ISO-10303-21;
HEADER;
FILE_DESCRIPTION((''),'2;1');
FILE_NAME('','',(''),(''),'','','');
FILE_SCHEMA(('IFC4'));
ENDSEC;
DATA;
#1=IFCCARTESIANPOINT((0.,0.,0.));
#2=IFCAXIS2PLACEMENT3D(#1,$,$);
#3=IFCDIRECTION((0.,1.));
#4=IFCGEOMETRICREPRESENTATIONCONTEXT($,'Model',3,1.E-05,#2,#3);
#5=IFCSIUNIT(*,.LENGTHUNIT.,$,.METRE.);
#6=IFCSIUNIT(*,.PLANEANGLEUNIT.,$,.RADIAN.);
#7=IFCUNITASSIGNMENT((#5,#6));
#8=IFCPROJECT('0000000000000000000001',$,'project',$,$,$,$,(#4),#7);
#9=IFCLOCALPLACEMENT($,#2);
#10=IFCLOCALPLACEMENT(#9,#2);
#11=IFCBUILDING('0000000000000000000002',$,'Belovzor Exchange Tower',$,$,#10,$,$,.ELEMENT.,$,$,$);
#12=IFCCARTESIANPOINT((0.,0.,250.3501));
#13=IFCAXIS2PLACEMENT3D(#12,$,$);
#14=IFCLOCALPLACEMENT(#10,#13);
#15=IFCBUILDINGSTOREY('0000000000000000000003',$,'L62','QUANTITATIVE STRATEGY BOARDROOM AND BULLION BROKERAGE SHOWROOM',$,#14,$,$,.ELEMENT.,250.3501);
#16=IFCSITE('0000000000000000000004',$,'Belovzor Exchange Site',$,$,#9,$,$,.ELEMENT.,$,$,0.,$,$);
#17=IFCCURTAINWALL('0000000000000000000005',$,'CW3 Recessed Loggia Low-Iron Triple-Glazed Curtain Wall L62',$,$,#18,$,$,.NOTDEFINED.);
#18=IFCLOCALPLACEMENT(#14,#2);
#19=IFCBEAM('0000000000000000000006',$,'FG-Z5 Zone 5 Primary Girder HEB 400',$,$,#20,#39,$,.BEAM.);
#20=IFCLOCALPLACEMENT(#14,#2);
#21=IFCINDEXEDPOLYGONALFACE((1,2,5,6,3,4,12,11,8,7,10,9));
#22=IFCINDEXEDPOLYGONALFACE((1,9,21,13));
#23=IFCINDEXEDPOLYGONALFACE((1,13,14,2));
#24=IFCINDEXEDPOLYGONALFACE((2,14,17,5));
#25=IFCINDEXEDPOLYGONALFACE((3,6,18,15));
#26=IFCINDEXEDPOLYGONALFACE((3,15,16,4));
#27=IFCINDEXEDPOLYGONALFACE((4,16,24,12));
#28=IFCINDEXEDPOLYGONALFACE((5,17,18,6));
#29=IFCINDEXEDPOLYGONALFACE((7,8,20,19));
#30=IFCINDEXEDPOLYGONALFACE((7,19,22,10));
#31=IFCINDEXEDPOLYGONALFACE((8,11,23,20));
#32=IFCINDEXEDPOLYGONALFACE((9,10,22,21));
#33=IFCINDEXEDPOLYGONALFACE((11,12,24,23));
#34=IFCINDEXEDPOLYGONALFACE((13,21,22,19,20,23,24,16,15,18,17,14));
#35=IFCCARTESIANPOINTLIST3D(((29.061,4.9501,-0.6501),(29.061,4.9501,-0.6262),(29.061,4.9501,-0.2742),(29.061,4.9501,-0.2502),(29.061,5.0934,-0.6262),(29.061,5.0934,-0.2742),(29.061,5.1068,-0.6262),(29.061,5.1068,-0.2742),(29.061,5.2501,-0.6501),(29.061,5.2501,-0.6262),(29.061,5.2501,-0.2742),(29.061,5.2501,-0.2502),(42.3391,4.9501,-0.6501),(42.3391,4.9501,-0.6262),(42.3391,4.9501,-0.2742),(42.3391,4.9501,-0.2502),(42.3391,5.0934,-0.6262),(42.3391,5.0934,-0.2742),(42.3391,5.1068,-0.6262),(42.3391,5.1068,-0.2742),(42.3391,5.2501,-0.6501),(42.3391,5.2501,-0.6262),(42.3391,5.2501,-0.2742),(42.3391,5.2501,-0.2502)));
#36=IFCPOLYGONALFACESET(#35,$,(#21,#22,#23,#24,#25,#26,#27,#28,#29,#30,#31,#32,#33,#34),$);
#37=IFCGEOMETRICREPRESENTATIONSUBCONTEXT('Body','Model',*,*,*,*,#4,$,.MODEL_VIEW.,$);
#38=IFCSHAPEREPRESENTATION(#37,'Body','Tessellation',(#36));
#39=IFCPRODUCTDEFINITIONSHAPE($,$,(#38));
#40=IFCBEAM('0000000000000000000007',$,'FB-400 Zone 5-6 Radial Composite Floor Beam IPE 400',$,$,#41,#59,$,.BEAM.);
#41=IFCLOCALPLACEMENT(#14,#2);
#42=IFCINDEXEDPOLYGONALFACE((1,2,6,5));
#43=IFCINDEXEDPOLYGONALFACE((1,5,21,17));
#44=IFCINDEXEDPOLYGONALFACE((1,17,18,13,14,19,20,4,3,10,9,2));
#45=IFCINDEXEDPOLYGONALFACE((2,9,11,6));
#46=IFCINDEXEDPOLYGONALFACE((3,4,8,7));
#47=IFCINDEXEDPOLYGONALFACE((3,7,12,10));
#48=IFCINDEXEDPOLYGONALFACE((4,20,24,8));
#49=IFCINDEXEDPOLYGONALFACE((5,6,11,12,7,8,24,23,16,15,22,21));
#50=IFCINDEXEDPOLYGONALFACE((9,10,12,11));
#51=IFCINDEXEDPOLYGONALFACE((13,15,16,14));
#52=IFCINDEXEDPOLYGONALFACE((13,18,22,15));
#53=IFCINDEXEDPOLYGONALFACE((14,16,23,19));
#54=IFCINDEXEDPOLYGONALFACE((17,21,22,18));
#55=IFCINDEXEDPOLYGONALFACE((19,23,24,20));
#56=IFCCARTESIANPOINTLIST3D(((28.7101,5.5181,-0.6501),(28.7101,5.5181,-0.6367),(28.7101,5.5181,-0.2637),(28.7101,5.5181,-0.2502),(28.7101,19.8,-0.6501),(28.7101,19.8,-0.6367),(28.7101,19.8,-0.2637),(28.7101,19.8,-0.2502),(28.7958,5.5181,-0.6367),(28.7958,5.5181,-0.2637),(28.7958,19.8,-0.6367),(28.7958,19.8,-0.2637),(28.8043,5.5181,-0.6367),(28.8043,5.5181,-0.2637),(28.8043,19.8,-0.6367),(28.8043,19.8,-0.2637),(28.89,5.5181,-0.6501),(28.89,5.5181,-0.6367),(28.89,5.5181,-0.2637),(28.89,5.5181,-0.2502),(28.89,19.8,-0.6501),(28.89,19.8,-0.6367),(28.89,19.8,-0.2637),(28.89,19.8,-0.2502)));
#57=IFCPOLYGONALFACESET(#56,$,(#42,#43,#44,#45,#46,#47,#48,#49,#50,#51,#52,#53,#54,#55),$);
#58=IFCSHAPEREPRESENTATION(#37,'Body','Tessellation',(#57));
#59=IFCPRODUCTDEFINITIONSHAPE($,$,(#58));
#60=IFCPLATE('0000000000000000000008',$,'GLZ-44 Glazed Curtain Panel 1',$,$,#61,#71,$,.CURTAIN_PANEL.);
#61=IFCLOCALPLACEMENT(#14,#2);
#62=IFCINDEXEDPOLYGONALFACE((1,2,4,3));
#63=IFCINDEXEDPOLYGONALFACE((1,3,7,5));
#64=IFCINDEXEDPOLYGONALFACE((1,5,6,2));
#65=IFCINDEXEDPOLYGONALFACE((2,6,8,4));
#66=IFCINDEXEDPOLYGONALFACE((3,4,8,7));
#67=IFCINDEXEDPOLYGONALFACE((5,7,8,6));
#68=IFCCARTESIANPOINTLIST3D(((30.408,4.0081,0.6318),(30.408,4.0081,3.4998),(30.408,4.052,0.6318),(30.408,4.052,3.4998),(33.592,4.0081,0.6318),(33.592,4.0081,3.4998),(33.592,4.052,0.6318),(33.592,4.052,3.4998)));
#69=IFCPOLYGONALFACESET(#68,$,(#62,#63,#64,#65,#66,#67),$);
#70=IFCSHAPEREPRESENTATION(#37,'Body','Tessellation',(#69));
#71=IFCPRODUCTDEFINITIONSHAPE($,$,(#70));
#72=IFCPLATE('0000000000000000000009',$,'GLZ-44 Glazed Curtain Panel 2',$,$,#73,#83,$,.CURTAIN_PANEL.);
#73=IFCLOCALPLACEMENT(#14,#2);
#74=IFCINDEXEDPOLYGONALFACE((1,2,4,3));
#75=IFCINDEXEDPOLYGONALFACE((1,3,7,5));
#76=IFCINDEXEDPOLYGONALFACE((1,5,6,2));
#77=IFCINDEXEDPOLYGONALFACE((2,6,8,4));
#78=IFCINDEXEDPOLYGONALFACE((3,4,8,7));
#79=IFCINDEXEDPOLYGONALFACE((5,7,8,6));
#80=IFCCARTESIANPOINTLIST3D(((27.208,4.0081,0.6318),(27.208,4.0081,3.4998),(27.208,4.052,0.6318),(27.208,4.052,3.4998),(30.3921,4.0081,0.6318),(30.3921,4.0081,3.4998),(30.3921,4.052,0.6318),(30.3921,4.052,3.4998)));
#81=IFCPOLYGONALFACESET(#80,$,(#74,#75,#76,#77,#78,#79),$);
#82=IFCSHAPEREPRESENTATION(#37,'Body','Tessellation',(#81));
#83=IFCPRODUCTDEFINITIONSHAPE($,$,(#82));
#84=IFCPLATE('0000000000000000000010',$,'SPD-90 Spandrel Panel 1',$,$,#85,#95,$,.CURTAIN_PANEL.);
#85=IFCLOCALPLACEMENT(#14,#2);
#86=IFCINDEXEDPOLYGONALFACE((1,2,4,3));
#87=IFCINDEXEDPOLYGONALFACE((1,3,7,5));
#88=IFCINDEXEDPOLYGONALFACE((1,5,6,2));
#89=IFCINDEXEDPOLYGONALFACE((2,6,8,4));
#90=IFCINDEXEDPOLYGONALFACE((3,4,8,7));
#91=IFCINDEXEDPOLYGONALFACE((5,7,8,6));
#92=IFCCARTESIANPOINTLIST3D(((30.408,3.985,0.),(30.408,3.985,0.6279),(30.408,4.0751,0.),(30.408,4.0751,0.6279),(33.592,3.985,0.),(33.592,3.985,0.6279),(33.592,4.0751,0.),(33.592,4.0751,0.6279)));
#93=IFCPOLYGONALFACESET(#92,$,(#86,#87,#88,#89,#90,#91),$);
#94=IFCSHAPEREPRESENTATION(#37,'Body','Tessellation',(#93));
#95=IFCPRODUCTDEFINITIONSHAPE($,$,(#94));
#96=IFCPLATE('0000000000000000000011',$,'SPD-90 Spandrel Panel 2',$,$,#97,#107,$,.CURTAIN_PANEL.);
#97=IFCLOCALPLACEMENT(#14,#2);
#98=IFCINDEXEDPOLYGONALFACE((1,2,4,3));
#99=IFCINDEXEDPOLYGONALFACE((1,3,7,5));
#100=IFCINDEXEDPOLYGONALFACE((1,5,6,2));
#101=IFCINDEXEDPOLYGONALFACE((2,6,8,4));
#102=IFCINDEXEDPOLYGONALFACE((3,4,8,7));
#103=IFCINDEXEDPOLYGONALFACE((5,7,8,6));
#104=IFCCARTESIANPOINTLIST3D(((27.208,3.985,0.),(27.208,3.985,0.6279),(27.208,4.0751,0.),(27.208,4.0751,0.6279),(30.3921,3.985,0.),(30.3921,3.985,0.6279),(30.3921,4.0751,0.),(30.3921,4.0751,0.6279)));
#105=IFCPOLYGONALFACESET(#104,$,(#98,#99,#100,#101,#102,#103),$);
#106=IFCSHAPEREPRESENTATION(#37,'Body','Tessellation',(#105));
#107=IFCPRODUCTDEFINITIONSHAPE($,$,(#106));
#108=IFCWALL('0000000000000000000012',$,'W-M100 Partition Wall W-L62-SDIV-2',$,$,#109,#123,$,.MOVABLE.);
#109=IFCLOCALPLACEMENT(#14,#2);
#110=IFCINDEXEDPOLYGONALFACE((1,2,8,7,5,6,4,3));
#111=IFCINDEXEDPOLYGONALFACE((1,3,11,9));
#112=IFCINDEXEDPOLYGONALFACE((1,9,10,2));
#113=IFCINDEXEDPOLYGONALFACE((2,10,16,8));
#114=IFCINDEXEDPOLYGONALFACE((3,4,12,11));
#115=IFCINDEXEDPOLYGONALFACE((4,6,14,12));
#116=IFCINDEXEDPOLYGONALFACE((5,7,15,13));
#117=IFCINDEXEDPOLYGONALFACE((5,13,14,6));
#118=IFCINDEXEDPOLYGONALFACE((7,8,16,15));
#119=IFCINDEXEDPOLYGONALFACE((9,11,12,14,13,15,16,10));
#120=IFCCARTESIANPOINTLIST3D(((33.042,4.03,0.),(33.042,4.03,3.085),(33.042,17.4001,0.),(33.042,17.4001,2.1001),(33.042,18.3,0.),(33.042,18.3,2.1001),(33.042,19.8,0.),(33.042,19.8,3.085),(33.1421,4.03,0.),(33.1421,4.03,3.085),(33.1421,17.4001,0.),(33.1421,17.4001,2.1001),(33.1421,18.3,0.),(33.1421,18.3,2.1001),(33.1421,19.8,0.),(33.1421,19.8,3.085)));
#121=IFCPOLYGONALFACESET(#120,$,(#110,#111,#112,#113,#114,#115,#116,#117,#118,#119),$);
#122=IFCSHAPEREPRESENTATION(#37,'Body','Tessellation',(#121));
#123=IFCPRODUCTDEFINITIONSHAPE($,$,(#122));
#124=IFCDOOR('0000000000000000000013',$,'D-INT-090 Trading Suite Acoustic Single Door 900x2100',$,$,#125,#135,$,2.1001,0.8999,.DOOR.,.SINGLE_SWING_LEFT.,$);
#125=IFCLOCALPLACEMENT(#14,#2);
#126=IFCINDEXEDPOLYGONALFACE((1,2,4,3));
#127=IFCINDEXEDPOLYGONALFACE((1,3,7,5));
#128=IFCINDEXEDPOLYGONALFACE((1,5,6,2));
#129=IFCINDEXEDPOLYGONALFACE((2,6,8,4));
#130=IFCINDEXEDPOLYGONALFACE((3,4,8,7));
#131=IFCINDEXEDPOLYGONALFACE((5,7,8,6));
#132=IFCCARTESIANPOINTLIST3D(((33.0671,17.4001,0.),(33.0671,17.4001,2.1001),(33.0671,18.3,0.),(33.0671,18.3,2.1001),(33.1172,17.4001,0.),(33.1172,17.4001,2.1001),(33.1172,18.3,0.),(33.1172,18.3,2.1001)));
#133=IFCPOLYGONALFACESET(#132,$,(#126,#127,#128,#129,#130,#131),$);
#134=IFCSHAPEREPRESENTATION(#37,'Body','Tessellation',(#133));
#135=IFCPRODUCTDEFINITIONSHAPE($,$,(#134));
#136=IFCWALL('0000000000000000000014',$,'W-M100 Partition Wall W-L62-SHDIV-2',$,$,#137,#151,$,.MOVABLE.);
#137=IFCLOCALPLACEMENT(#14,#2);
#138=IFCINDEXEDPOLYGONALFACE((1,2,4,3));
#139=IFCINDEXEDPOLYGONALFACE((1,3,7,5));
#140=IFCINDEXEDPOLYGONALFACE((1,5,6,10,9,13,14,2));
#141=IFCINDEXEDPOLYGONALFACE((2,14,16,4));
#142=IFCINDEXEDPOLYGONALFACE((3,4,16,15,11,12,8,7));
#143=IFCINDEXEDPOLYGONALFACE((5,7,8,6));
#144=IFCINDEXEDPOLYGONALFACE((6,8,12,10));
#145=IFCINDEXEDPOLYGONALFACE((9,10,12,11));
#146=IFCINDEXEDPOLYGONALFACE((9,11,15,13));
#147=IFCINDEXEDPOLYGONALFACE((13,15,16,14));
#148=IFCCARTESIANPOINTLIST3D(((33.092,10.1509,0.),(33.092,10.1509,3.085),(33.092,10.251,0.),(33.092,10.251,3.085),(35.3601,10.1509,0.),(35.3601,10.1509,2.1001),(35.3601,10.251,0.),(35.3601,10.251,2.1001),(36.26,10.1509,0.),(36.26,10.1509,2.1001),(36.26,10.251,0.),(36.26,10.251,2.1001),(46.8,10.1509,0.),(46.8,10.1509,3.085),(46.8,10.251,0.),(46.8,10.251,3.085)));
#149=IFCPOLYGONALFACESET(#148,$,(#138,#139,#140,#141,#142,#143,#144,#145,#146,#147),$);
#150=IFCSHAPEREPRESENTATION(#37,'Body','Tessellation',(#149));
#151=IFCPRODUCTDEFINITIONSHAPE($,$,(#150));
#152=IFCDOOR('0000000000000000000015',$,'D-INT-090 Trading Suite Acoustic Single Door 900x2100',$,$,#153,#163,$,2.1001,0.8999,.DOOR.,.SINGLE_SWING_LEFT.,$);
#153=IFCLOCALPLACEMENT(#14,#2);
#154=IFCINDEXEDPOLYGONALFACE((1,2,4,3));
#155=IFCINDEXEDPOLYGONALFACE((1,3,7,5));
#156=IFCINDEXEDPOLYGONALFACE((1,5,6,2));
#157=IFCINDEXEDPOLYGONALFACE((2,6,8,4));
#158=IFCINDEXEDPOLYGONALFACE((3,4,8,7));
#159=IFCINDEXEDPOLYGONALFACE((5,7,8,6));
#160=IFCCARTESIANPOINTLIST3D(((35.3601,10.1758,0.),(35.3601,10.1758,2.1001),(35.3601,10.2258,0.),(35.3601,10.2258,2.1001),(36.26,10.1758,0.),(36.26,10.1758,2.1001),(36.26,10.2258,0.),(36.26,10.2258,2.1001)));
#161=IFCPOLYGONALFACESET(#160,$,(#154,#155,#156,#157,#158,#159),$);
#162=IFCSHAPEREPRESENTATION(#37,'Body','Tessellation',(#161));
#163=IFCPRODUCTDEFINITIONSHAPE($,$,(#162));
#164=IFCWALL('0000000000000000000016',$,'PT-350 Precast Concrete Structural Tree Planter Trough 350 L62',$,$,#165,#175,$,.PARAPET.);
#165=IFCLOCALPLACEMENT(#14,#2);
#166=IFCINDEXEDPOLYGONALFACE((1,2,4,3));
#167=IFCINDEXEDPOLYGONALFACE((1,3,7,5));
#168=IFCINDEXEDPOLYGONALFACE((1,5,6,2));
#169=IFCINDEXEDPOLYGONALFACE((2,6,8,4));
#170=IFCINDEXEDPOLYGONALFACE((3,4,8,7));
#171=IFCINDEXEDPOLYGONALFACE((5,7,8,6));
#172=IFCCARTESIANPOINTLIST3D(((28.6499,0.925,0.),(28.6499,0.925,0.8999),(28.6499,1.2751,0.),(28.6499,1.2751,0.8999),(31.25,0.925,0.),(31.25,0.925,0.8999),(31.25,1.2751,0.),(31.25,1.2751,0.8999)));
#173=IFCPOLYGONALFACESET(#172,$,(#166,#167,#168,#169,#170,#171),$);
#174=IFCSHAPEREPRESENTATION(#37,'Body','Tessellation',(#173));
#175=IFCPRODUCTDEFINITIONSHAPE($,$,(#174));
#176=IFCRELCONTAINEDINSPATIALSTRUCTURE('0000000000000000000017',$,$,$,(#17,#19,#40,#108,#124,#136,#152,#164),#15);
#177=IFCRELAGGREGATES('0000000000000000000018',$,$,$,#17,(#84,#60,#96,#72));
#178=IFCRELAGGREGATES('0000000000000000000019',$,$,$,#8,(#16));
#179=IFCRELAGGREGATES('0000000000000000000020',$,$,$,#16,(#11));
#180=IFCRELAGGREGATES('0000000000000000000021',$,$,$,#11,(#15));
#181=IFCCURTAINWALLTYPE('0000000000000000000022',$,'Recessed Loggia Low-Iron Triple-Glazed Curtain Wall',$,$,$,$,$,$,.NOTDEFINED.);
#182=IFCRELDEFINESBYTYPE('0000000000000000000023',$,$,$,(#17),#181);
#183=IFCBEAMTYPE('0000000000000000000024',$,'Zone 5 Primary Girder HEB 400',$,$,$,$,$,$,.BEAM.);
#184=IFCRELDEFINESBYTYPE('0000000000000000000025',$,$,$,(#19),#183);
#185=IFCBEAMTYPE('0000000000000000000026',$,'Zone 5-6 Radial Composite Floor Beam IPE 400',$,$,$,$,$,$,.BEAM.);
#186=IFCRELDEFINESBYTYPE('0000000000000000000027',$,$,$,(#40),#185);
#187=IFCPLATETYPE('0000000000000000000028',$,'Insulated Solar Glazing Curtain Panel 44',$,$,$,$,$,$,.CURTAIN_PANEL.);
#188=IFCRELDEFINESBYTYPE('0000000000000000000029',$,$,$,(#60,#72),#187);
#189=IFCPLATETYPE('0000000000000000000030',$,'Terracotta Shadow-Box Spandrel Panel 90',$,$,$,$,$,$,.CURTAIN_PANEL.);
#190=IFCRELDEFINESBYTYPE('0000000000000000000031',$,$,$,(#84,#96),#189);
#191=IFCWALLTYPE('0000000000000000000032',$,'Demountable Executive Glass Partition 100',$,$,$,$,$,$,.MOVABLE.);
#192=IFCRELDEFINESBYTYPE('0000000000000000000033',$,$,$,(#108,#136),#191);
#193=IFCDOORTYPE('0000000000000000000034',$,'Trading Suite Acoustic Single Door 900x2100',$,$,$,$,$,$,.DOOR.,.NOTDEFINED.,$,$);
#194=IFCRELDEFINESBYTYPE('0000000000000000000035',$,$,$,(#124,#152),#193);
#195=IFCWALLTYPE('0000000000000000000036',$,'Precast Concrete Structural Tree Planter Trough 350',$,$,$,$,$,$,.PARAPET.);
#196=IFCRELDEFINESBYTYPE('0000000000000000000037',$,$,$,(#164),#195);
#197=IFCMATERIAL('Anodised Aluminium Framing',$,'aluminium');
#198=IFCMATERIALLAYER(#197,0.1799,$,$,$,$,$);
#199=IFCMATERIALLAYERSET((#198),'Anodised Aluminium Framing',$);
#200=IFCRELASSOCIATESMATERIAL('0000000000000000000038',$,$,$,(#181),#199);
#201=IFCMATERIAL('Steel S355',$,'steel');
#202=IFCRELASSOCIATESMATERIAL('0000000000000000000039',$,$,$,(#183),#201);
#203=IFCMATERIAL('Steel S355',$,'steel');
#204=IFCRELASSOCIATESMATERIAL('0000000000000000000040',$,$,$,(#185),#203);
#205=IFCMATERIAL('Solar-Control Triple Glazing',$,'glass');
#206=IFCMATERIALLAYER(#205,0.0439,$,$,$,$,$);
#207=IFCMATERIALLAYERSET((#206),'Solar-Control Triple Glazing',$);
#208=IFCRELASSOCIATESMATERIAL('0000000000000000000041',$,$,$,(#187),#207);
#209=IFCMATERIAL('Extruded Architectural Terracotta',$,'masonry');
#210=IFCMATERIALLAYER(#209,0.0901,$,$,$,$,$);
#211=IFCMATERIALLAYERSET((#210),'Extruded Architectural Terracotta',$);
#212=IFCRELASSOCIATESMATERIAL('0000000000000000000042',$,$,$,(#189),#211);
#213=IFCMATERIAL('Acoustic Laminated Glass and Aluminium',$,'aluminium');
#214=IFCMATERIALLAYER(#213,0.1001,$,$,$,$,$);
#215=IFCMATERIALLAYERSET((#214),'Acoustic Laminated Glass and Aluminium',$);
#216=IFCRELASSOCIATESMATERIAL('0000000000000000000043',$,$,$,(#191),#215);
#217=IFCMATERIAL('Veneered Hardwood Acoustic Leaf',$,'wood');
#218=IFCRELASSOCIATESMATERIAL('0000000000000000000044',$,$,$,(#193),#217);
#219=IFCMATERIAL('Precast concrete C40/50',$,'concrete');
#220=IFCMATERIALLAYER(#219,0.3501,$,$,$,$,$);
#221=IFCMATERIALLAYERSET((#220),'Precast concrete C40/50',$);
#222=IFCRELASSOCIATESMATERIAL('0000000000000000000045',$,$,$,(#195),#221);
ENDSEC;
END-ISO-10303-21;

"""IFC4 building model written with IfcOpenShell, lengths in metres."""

from ifc_helpers import new_model, si_unit, direction, frame, frame_2d, origin, origin_2d, place, context, subcontext, project, spatial, rectangle, i_section, extrude, material, layer, layer_set, material_profile, profile_set, type_object, element, fill, aggregate, save


model = new_model("IFC4")

# Units and contexts
model_context = context("Model", 3, precision=1e-05, world=origin(), true_north=direction((0.0, 1.0)))
body_context = subcontext(model_context, "Body", "Model", "MODEL_VIEW")
ifc_project = project(units=[si_unit("LENGTHUNIT", "METRE"), si_unit("PLANEANGLEUNIT", "RADIAN")], contexts=[model_context])

# Site, building, storey
site_placement = place(None, origin())
site = spatial("IfcSite", under=ifc_project, at=site_placement, Name="Belovzor Exchange Site", CompositionType="ELEMENT", RefElevation=0.0)
building_placement = place(site_placement, origin())
building = spatial("IfcBuilding", under=site, at=building_placement, Name="Belovzor Exchange Tower", CompositionType="ELEMENT")
storey_placement = place(building_placement, frame((0.0, 0.0, 250.3501)))
storey = spatial("IfcBuildingStorey", under=building, at=storey_placement, Name="L62", Description="QUANTITATIVE STRATEGY BOARDROOM AND BULLION BROKERAGE SHOWROOM", CompositionType="ELEMENT", Elevation=250.3501)

# Curtain wall
ifc_material_1 = material(Name="Anodised Aluminium Framing", Category="aluminium")
ifc_layer_1 = layer(ifc_material_1, 0.1799)
ifc_layer_set_1 = layer_set([ifc_layer_1], Name="Anodised Aluminium Framing")
curtain_wall_type = type_object("IfcCurtainWallType", Name="Recessed Loggia Low-Iron Triple-Glazed Curtain Wall", PredefinedType="NOTDEFINED", material=ifc_layer_set_1)
curtain_wall_placement = place(storey_placement, origin())
curtain_wall = element("IfcCurtainWall", 1, at=curtain_wall_placement, inside=storey, type_object=curtain_wall_type, Name="CW3 Recessed Loggia Low-Iron Triple-Glazed Curtain Wall L62", PredefinedType="NOTDEFINED")

# Beams
ifc_material_2 = material(Name="Steel S355", Category="steel")
ifc_material_profile_1 = material_profile(ifc_material_2, i_section(OverallWidth=0.3, OverallDepth=0.3999, WebThickness=0.0134, FlangeThickness=0.0239, at=origin_2d()))
ifc_profile_set_1 = profile_set([ifc_material_profile_1], Name="Steel S355")
beam_type_1 = type_object("IfcBeamType", Name="Zone 5 Primary Girder HEB 400", PredefinedType="BEAM", material=ifc_profile_set_1)
beam_1_placement = place(storey_placement, frame((29.061, 5.1001, -0.4502), z_axis=(1.0, 0.0, 0.0), x_axis=(0.0, 1.0, 0.0)))
element("IfcBeam", 2, at=beam_1_placement, inside=storey, type_object=beam_type_1, Name="FG-Z5 Zone 5 Primary Girder HEB 400", PredefinedType="BEAM", context=body_context, shape_type="SweptSolid", body=[
    extrude(i_section(OverallWidth=0.3, OverallDepth=0.3999, WebThickness=0.0134, FlangeThickness=0.0239, at=origin_2d()), origin(), (0.0, 0.0, 1.0), 13.2781),
])
ifc_material_3 = material(Name="Steel S355", Category="steel")
ifc_material_profile_2 = material_profile(ifc_material_3, i_section(OverallWidth=0.1799, OverallDepth=0.3999, WebThickness=0.0085, FlangeThickness=0.0134, at=origin_2d()))
ifc_profile_set_2 = profile_set([ifc_material_profile_2], Name="Steel S355")
beam_type_2 = type_object("IfcBeamType", Name="Zone 5-6 Radial Composite Floor Beam IPE 400", PredefinedType="BEAM", material=ifc_profile_set_2)
beam_2_placement = place(storey_placement, frame((28.8, 19.8, -0.4502), z_axis=(0.0, -1.0, 0.0), x_axis=(1.0, 0.0, 0.0)))
element("IfcBeam", 3, at=beam_2_placement, inside=storey, type_object=beam_type_2, Name="FB-400 Zone 5-6 Radial Composite Floor Beam IPE 400", PredefinedType="BEAM", context=body_context, shape_type="SweptSolid", body=[
    extrude(i_section(OverallWidth=0.1799, OverallDepth=0.3999, WebThickness=0.0085, FlangeThickness=0.0134, at=origin_2d()), origin(), (0.0, 0.0, 1.0), 14.282),
])

# Plates
ifc_material_4 = material(Name="Solar-Control Triple Glazing", Category="glass")
ifc_layer_2 = layer(ifc_material_4, 0.0439)
ifc_layer_set_2 = layer_set([ifc_layer_2], Name="Solar-Control Triple Glazing")
plate_type_1 = type_object("IfcPlateType", Name="Insulated Solar Glazing Curtain Panel 44", PredefinedType="CURTAIN_PANEL", material=ifc_layer_set_2)
plate_1_placement = place(storey_placement, frame((32.0, 4.03, 0.6318), z_axis=(0.0, 0.0, 1.0), x_axis=(-1.0, 0.0, 0.0)))
plate_1 = element("IfcPlate", 4, at=plate_1_placement, type_object=plate_type_1, Name="GLZ-44 Glazed Curtain Panel 1", PredefinedType="CURTAIN_PANEL", context=body_context, shape_type="SweptSolid", body=[
    extrude(rectangle(XDim=3.1841, YDim=0.0439, at=origin_2d()), origin(), (0.0, 0.0, 1.0), 2.8679),
])
plate_2_placement = place(storey_placement, frame((28.8, 4.03, 0.6318), z_axis=(0.0, 0.0, 1.0), x_axis=(-1.0, 0.0, 0.0)))
plate_2 = element("IfcPlate", 5, at=plate_2_placement, type_object=plate_type_1, Name="GLZ-44 Glazed Curtain Panel 2", PredefinedType="CURTAIN_PANEL", context=body_context, shape_type="SweptSolid", body=[
    extrude(rectangle(XDim=3.1841, YDim=0.0439, at=origin_2d()), origin(), (0.0, 0.0, 1.0), 2.8679),
])
ifc_material_5 = material(Name="Extruded Architectural Terracotta", Category="masonry")
ifc_layer_3 = layer(ifc_material_5, 0.0901)
ifc_layer_set_3 = layer_set([ifc_layer_3], Name="Extruded Architectural Terracotta")
plate_type_2 = type_object("IfcPlateType", Name="Terracotta Shadow-Box Spandrel Panel 90", PredefinedType="CURTAIN_PANEL", material=ifc_layer_set_3)
plate_3_placement = place(storey_placement, frame((32.0, 4.03, 0.0), z_axis=(0.0, 0.0, 1.0), x_axis=(-1.0, 0.0, 0.0)))
plate_3 = element("IfcPlate", 6, at=plate_3_placement, type_object=plate_type_2, Name="SPD-90 Spandrel Panel 1", PredefinedType="CURTAIN_PANEL", context=body_context, shape_type="SweptSolid", body=[
    extrude(rectangle(XDim=3.1841, YDim=0.0901, at=origin_2d()), origin(), (0.0, 0.0, 1.0), 0.6279),
])
plate_4_placement = place(storey_placement, frame((28.8, 4.03, 0.0), z_axis=(0.0, 0.0, 1.0), x_axis=(-1.0, 0.0, 0.0)))
plate_4 = element("IfcPlate", 7, at=plate_4_placement, type_object=plate_type_2, Name="SPD-90 Spandrel Panel 2", PredefinedType="CURTAIN_PANEL", context=body_context, shape_type="SweptSolid", body=[
    extrude(rectangle(XDim=3.1841, YDim=0.0901, at=origin_2d()), origin(), (0.0, 0.0, 1.0), 0.6279),
])
aggregate(curtain_wall, [plate_3, plate_1, plate_4, plate_2])

# Walls, openings, doors
ifc_material_6 = material(Name="Acoustic Laminated Glass and Aluminium", Category="aluminium")
ifc_layer_4 = layer(ifc_material_6, 0.1001)
ifc_layer_set_4 = layer_set([ifc_layer_4], Name="Acoustic Laminated Glass and Aluminium")
wall_type_1 = type_object("IfcWallType", Name="Demountable Executive Glass Partition 100", PredefinedType="MOVABLE", material=ifc_layer_set_4)
wall_1_placement = place(storey_placement, frame((33.092, 4.03, 0.0), z_axis=(0.0, 0.0, 1.0), x_axis=(0.0, 1.0, 0.0)))
wall_1 = element("IfcWall", 8, at=wall_1_placement, inside=storey, type_object=wall_type_1, Name="W-M100 Partition Wall W-L62-SDIV-2", PredefinedType="MOVABLE", context=body_context, shape_type="SweptSolid", body=[
    extrude(rectangle(XDim=15.77, YDim=0.1001, at=frame_2d((7.885, 0.0))), origin(), (0.0, 0.0, 1.0), 3.085),
])
opening_1_placement = place(wall_1_placement, frame((13.3701, 0.0, 0.0)))
opening_1 = element("IfcOpeningElement", 9, at=opening_1_placement, cuts=wall_1, PredefinedType="OPENING", context=body_context, shape_type="SweptSolid", body=[
    extrude(rectangle(XDim=0.8999, YDim=2.1001, at=frame_2d((0.45, 1.05))), frame((0.0, 0.0601, 0.0), z_axis=(0.0, -1.0, 0.0), x_axis=(1.0, 0.0, 0.0)), (0.0, 0.0, 1.0), 0.1201),
])
ifc_material_7 = material(Name="Veneered Hardwood Acoustic Leaf", Category="wood")
door_type = type_object("IfcDoorType", Name="Trading Suite Acoustic Single Door 900x2100", OperationType="NOTDEFINED", PredefinedType="DOOR", material=ifc_material_7)
door_1_placement = place(opening_1_placement, origin())
door_1 = element("IfcDoor", 10, at=door_1_placement, inside=storey, type_object=door_type, Name="D-INT-090 Trading Suite Acoustic Single Door 900x2100", OperationType="SINGLE_SWING_LEFT", OverallHeight=2.1001, OverallWidth=0.8999, PredefinedType="DOOR", context=body_context, shape_type="SweptSolid", body=[
    extrude(rectangle(XDim=0.8999, YDim=2.1001, at=frame_2d((0.45, 1.05))), frame((0.0, 0.0249, 0.0), z_axis=(0.0, -1.0, 0.0), x_axis=(1.0, 0.0, 0.0)), (0.0, 0.0, 1.0), 0.05),
])
fill(opening_1, door_1)
wall_2_placement = place(storey_placement, frame((33.092, 10.2009, 0.0), z_axis=(0.0, 0.0, 1.0), x_axis=(1.0, 0.0, 0.0)))
wall_2 = element("IfcWall", 11, at=wall_2_placement, inside=storey, type_object=wall_type_1, Name="W-M100 Partition Wall W-L62-SHDIV-2", PredefinedType="MOVABLE", context=body_context, shape_type="SweptSolid", body=[
    extrude(rectangle(XDim=13.708, YDim=0.1001, at=frame_2d((6.854, 0.0))), origin(), (0.0, 0.0, 1.0), 3.085),
])
opening_2_placement = place(wall_2_placement, frame((2.2681, 0.0, 0.0)))
opening_2 = element("IfcOpeningElement", 12, at=opening_2_placement, cuts=wall_2, PredefinedType="OPENING", context=body_context, shape_type="SweptSolid", body=[
    extrude(rectangle(XDim=0.8999, YDim=2.1001, at=frame_2d((0.45, 1.05))), frame((0.0, 0.0601, 0.0), z_axis=(0.0, -1.0, 0.0), x_axis=(1.0, 0.0, 0.0)), (0.0, 0.0, 1.0), 0.1201),
])
door_2_placement = place(opening_2_placement, origin())
door_2 = element("IfcDoor", 13, at=door_2_placement, inside=storey, type_object=door_type, Name="D-INT-090 Trading Suite Acoustic Single Door 900x2100", OperationType="SINGLE_SWING_LEFT", OverallHeight=2.1001, OverallWidth=0.8999, PredefinedType="DOOR", context=body_context, shape_type="SweptSolid", body=[
    extrude(rectangle(XDim=0.8999, YDim=2.1001, at=frame_2d((0.45, 1.05))), frame((0.0, 0.0249, 0.0), z_axis=(0.0, -1.0, 0.0), x_axis=(1.0, 0.0, 0.0)), (0.0, 0.0, 1.0), 0.05),
])
fill(opening_2, door_2)

# Wall
ifc_material_8 = material(Name="Precast concrete C40/50", Category="concrete")
ifc_layer_5 = layer(ifc_material_8, 0.3501)
ifc_layer_set_5 = layer_set([ifc_layer_5], Name="Precast concrete C40/50")
wall_type_2 = type_object("IfcWallType", Name="Precast Concrete Structural Tree Planter Trough 350", PredefinedType="PARAPET", material=ifc_layer_set_5)
wall_3_placement = place(storey_placement, frame((28.6499, 1.1001, 0.0), z_axis=(0.0, 0.0, 1.0), x_axis=(1.0, 0.0, 0.0)))
element("IfcWall", 14, at=wall_3_placement, inside=storey, type_object=wall_type_2, Name="PT-350 Precast Concrete Structural Tree Planter Trough 350 L62", PredefinedType="PARAPET", context=body_context, shape_type="SweptSolid", body=[
    extrude(rectangle(XDim=2.6001, YDim=0.3501, at=frame_2d((1.3, 0.0))), origin(), (0.0, 0.0, 1.0), 0.8999),
])

save(model, "model.ifc")
